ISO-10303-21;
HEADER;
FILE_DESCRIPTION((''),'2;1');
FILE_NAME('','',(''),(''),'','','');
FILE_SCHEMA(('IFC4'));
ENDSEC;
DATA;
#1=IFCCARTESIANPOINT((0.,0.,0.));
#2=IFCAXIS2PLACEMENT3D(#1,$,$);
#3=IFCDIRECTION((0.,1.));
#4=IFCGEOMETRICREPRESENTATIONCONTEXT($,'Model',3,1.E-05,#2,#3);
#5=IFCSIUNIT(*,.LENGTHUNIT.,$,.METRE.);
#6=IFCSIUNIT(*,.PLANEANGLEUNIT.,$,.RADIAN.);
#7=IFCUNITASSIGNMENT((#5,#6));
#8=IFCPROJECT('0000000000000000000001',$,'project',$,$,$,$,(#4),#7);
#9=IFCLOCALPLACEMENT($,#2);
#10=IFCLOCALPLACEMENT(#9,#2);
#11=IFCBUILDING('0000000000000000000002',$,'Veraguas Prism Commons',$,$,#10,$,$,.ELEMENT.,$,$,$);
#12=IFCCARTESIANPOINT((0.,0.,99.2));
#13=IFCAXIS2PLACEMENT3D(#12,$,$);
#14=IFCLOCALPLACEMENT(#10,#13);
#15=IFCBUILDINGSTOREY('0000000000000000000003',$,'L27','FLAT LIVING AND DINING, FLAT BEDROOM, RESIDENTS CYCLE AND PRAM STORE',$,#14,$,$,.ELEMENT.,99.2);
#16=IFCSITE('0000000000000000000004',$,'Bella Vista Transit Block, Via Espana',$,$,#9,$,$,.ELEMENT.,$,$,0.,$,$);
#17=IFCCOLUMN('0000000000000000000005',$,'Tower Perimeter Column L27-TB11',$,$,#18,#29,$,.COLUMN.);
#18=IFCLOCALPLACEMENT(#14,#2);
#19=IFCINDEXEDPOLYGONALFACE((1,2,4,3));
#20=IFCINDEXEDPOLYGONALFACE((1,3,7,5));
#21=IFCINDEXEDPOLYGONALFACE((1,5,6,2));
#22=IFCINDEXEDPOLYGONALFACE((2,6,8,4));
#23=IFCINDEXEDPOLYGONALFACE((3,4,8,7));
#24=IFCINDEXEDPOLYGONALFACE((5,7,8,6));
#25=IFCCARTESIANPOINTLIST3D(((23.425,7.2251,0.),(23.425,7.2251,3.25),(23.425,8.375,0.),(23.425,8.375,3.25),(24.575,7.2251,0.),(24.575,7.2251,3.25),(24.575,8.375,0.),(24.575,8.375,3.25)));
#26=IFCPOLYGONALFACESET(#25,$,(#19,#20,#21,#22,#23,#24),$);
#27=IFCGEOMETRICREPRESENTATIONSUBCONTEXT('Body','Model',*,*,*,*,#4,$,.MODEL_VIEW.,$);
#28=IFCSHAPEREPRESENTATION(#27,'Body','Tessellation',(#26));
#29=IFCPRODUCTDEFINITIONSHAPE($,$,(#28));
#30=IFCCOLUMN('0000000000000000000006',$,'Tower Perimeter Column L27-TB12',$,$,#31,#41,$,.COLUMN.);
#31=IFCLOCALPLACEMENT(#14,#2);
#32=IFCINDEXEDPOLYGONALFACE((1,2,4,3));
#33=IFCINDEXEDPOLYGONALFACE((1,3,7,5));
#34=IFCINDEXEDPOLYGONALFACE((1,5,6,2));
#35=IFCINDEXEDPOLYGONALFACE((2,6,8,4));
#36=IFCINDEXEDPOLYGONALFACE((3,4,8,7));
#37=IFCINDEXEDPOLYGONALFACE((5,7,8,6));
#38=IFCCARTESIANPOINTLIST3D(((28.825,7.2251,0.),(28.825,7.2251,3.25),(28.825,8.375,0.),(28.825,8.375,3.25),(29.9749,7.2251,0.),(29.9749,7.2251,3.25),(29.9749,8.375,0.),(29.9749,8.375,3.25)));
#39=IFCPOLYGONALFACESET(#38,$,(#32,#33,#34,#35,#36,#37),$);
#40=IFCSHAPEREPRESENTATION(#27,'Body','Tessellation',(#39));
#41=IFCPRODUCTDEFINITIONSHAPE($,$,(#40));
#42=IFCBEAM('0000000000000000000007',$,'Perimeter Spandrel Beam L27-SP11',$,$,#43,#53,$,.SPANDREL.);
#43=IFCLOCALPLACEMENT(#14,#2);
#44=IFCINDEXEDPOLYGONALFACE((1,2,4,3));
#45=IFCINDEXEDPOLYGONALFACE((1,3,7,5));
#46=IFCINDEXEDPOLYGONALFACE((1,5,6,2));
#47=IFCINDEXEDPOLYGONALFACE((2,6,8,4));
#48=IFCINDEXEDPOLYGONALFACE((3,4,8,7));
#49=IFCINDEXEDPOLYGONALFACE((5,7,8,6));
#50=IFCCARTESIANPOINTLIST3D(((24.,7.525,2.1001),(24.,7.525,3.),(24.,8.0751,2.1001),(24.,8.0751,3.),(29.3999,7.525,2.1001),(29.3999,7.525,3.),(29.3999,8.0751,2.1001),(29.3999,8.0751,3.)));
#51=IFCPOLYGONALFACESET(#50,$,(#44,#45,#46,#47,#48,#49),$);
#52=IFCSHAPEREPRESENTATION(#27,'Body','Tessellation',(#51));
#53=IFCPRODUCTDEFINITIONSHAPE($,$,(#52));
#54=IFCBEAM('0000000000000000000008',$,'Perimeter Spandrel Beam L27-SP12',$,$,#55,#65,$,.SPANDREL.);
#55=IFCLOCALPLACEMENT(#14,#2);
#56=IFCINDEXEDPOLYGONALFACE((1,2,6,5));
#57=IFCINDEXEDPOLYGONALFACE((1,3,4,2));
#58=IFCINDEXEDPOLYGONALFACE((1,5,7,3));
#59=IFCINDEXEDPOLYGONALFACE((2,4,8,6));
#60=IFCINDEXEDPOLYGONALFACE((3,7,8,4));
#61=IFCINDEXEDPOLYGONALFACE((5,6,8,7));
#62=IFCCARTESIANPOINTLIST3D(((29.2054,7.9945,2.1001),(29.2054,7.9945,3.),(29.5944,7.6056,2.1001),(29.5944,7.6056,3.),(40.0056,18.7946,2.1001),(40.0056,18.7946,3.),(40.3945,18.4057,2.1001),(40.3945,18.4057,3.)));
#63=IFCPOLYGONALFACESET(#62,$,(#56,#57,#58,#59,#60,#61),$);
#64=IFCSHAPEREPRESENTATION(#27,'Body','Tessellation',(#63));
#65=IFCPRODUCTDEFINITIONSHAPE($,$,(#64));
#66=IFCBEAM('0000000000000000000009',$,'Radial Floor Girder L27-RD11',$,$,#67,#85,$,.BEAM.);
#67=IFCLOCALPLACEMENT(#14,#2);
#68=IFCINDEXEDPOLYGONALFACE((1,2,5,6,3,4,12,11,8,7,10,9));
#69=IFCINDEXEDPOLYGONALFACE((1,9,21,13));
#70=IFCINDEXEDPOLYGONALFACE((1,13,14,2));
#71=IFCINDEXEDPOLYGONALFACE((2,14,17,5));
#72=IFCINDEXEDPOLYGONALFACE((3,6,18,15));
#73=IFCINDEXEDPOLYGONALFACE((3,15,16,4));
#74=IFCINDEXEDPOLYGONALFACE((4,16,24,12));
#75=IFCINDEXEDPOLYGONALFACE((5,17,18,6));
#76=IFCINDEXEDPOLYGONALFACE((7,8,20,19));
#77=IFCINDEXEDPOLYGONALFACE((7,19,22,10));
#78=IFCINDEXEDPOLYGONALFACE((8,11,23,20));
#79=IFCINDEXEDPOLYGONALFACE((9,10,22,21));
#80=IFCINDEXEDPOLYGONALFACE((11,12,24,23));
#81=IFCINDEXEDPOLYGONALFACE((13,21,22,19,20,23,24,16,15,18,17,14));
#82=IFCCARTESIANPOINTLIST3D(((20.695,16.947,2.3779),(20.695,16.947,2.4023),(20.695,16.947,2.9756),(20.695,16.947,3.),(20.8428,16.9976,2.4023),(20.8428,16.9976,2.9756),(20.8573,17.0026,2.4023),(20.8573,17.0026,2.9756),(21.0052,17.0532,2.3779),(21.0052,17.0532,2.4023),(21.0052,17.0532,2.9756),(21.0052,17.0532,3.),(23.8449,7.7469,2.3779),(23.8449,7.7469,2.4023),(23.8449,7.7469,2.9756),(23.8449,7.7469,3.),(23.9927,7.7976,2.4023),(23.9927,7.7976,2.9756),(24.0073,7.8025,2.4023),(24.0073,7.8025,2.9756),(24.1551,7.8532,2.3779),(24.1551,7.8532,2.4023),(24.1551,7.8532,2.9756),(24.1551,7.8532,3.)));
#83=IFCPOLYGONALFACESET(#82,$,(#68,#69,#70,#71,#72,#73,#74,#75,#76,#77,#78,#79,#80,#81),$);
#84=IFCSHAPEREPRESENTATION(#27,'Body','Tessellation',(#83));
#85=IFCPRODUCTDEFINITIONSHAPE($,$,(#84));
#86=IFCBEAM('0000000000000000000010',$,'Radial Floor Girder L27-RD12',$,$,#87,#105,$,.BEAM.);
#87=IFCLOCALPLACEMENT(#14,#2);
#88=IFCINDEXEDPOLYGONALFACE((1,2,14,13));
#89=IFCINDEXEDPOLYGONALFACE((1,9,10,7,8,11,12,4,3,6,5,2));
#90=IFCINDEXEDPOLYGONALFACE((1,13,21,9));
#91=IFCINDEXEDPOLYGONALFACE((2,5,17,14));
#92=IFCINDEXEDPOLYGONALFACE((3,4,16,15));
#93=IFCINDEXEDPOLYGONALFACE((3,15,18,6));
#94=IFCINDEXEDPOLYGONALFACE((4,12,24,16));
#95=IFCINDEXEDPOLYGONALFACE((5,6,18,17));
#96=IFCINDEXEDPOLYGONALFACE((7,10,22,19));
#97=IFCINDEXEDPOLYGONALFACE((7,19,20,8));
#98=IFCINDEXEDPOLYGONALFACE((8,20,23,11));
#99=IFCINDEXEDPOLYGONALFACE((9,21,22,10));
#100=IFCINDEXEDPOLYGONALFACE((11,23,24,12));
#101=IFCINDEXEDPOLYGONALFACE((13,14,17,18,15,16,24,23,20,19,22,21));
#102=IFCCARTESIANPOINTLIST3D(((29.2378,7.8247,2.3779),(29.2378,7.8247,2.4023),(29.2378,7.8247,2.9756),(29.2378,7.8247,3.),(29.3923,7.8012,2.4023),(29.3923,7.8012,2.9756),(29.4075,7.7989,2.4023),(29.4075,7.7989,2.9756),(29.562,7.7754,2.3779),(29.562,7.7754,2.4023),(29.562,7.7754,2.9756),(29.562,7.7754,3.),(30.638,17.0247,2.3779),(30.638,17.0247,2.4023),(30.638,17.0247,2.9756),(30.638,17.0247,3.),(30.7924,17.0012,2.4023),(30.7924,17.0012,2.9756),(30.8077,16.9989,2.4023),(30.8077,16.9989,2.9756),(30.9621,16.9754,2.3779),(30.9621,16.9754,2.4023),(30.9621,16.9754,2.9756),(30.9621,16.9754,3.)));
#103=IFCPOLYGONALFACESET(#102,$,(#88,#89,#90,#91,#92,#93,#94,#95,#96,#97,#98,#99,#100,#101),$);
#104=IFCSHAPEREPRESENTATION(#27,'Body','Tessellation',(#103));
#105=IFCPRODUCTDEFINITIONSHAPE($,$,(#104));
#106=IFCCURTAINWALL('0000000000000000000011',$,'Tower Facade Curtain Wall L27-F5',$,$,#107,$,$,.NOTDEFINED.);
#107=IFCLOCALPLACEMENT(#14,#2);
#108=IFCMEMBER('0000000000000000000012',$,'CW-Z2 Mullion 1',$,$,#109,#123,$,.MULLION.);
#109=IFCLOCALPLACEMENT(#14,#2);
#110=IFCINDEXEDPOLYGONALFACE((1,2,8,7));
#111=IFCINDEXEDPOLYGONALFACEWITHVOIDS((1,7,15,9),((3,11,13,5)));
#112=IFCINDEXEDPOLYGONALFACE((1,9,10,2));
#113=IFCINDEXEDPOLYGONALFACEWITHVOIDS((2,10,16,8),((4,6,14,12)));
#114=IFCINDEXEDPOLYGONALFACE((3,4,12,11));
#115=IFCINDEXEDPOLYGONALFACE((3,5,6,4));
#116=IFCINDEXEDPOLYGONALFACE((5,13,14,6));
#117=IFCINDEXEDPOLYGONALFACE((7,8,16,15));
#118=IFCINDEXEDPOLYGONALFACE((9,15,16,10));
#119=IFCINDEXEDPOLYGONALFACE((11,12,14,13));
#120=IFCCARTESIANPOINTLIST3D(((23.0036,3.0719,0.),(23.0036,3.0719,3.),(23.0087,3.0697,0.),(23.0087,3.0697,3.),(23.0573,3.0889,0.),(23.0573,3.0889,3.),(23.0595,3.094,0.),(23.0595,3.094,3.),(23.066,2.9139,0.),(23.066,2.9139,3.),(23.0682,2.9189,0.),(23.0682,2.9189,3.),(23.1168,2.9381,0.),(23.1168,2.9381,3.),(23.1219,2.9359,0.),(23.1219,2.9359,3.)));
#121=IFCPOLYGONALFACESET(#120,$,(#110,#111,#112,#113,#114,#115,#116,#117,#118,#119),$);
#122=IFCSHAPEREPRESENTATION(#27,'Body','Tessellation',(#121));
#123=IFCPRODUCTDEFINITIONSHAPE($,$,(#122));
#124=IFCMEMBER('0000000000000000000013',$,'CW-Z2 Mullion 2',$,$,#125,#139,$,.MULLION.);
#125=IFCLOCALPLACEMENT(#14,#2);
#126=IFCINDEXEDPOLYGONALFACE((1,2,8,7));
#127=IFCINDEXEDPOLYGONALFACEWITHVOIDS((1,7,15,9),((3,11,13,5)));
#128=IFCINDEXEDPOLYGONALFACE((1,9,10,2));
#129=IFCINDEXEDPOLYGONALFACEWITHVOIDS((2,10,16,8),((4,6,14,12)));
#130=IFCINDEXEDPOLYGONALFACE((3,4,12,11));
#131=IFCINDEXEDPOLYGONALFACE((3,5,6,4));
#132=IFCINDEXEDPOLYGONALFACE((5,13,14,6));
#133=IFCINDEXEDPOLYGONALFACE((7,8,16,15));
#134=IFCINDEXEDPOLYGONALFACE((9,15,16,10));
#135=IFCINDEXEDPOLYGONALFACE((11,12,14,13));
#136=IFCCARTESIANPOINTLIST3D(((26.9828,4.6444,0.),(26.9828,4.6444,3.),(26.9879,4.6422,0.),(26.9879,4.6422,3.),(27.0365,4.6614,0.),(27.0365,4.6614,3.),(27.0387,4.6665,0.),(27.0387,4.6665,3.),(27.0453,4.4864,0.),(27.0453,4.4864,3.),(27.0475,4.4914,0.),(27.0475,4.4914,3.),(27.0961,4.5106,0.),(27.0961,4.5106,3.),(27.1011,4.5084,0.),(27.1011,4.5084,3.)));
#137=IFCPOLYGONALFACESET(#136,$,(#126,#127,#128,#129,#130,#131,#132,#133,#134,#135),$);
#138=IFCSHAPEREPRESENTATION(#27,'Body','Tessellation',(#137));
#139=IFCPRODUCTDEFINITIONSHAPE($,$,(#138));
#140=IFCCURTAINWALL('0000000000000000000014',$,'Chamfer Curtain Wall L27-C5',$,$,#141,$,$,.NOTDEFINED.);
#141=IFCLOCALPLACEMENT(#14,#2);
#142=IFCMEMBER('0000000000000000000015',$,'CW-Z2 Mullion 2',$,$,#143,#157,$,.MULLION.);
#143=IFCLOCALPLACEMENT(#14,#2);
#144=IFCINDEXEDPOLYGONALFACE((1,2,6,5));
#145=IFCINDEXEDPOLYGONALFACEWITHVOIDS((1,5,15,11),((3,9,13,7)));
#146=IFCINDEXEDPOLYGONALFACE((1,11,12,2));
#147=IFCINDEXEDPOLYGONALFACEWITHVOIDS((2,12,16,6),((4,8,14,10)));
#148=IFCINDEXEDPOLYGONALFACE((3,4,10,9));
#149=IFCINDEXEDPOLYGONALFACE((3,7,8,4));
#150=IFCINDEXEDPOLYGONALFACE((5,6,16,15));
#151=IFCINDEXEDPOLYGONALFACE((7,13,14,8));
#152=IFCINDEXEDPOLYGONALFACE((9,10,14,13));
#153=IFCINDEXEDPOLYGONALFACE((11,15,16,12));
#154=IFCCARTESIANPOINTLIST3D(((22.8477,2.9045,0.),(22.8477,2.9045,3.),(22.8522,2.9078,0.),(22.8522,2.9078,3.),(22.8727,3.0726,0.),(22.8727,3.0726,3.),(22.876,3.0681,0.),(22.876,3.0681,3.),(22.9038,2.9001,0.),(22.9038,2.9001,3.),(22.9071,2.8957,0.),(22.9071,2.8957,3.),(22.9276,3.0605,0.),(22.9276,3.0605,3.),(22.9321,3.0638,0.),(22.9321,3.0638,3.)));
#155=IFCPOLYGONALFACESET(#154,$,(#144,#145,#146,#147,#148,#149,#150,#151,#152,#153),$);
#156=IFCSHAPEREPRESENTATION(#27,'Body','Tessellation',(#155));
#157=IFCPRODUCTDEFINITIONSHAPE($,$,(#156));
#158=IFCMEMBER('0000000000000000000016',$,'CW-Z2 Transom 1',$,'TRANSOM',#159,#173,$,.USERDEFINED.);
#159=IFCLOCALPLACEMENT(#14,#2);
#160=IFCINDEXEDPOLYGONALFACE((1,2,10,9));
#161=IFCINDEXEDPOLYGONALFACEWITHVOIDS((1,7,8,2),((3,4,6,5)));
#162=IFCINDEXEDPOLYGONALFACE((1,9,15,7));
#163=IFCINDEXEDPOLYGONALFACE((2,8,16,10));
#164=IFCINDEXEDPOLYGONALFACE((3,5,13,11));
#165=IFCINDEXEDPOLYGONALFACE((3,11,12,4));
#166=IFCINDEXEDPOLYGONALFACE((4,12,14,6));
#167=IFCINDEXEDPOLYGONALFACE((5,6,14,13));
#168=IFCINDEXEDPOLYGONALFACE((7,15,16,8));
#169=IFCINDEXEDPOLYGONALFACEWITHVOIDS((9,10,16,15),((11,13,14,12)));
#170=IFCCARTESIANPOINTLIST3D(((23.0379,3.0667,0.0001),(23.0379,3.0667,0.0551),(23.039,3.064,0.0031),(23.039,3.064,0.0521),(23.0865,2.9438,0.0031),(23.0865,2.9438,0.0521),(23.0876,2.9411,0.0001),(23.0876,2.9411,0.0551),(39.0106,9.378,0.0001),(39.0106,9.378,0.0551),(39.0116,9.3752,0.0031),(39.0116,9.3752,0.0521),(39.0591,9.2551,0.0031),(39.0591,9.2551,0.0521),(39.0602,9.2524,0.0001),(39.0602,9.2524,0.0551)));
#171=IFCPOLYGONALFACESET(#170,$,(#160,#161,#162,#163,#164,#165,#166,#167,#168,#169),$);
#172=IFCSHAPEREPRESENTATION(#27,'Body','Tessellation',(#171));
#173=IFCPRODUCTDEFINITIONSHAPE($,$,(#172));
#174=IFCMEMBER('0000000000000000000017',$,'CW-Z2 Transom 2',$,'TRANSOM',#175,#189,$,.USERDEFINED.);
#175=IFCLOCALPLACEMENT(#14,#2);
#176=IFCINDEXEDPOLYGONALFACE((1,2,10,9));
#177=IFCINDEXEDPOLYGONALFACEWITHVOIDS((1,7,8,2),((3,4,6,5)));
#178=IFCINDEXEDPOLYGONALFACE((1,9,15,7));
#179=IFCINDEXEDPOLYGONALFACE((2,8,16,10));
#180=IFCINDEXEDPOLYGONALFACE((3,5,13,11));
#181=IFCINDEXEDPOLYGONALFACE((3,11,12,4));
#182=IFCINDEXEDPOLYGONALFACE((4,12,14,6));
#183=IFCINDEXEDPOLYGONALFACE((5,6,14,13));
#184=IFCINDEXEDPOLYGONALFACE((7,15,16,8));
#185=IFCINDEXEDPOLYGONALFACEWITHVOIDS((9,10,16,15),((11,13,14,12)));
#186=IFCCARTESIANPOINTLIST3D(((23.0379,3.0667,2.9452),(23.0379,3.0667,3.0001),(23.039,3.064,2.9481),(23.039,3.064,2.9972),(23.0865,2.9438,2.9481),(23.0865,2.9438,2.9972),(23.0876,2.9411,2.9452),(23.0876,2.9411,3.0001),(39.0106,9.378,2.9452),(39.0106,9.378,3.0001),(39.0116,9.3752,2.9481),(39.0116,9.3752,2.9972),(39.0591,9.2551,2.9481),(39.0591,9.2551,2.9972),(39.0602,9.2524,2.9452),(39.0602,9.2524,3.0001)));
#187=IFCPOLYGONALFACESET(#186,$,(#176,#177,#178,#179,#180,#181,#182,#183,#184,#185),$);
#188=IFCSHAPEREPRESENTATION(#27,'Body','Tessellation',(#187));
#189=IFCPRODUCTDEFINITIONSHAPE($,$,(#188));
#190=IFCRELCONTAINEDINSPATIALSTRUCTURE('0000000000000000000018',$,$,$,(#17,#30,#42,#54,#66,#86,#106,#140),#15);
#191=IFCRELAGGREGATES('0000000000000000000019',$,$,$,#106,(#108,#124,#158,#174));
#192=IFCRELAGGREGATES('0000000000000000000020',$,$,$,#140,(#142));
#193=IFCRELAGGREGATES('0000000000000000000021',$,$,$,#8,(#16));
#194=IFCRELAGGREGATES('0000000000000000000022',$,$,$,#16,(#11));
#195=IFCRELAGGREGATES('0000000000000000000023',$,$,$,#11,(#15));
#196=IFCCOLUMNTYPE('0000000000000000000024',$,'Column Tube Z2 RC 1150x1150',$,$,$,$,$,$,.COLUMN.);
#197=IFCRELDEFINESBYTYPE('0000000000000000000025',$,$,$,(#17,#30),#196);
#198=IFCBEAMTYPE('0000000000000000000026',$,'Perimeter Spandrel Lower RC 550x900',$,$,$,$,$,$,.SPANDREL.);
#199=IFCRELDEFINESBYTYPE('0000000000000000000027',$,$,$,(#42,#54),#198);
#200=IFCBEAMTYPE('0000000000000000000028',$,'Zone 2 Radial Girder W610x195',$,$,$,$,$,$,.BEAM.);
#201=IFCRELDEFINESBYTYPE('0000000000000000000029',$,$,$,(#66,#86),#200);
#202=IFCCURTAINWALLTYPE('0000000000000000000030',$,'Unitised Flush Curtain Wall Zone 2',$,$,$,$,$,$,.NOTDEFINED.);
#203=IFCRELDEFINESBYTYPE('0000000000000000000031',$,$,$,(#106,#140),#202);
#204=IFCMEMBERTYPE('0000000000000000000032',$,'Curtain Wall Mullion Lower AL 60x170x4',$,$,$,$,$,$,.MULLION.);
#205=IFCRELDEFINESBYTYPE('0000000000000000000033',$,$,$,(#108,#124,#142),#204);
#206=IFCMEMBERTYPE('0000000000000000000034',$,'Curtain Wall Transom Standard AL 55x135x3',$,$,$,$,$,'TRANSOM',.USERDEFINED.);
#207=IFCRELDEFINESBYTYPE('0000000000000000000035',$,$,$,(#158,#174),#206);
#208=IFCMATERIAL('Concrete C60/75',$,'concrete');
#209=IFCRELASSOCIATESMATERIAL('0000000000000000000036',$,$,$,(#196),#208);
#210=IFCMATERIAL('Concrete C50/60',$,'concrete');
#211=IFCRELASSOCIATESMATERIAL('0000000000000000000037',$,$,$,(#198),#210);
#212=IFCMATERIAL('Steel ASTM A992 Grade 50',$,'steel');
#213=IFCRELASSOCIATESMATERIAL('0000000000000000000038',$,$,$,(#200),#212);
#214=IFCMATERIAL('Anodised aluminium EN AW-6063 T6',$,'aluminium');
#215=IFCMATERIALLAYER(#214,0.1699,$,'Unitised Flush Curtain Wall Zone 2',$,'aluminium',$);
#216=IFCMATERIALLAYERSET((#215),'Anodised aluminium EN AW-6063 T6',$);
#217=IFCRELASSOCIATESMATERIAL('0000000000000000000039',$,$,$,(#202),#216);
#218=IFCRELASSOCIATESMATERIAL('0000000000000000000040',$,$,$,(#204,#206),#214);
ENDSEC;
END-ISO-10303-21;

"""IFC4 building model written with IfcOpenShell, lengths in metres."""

from ifc_helpers import new_model, si_unit, direction, frame, origin, origin_2d, place, context, subcontext, project, spatial, rectangle, hollow_rectangle, i_section, extrude, source, transform, mapped, material, layer, layer_set, material_profile, profile_set, type_object, element, aggregate, save


model = new_model("IFC4")

# Units and contexts
model_context = context("Model", 3, precision=1e-05, world=origin(), true_north=direction((0.0, 1.0)))
body_context = subcontext(model_context, "Body", "Model", "MODEL_VIEW")
ifc_project = project(units=[si_unit("LENGTHUNIT", "METRE"), si_unit("PLANEANGLEUNIT", "RADIAN")], contexts=[model_context])

# Site, building, storey
site_placement = place(None, origin())
site = spatial("IfcSite", under=ifc_project, at=site_placement, Name="Bella Vista Transit Block, Via Espana", CompositionType="ELEMENT", RefElevation=0.0)
building_placement = place(site_placement, origin())
building = spatial("IfcBuilding", under=site, at=building_placement, Name="Veraguas Prism Commons", CompositionType="ELEMENT")
storey_placement = place(building_placement, frame((0.0, 0.0, 99.2)))
storey = spatial("IfcBuildingStorey", under=building, at=storey_placement, Name="L27", Description="FLAT LIVING AND DINING, FLAT BEDROOM, RESIDENTS CYCLE AND PRAM STORE", CompositionType="ELEMENT", Elevation=99.2)

# Columns
ifc_material_1 = material(Name="Concrete C60/75", Category="concrete")
ifc_material_profile_1 = material_profile(ifc_material_1, rectangle(XDim=1.1499, YDim=1.1499, at=origin_2d()), Name="RC1150X1150")
ifc_profile_set_1 = profile_set([ifc_material_profile_1], Name="Concrete C60/75")
column_type = type_object("IfcColumnType", Name="Column Tube Z2 RC 1150x1150", PredefinedType="COLUMN", material=ifc_profile_set_1)
for number, where, z_axis, x_axis, name in (
    (1, (24.0, 7.8, 0.0), (0.0, 0.0, 1.0), (1.0, 0.0, 0.0), "Tower Perimeter Column L27-TB11"),
    (2, (29.3999, 7.8, 0.0), (0.0, 0.0, 1.0), (1.0, 0.0, 0.0), "Tower Perimeter Column L27-TB12"),
):
    element("IfcColumn", number, at=place(storey_placement, frame(where, z_axis=z_axis, x_axis=x_axis)), inside=storey, type_object=column_type, Name=name, PredefinedType="COLUMN", context=body_context, shape_type="SweptSolid", body=[
        extrude(rectangle(XDim=1.1499, YDim=1.1499, at=origin_2d()), origin(), (0.0, 0.0, 1.0), 3.25),
    ])

# Beams
ifc_material_2 = material(Name="Concrete C50/60", Category="concrete")
ifc_material_profile_2 = material_profile(ifc_material_2, rectangle(XDim=0.55, YDim=0.8999, at=origin_2d()), Name="RC550X900")
ifc_profile_set_2 = profile_set([ifc_material_profile_2], Name="Concrete C50/60")
beam_type_1 = type_object("IfcBeamType", Name="Perimeter Spandrel Lower RC 550x900", PredefinedType="SPANDREL", material=ifc_profile_set_2)
beam_1_placement = place(storey_placement, frame((24.0, 7.8, 2.55), z_axis=(1.0, 0.0, 0.0), x_axis=(0.0, 1.0, 0.0)))
element("IfcBeam", 3, at=beam_1_placement, inside=storey, type_object=beam_type_1, Name="Perimeter Spandrel Beam L27-SP11", PredefinedType="SPANDREL", context=body_context, shape_type="SweptSolid", body=[
    extrude(rectangle(XDim=0.55, YDim=0.8999, at=origin_2d()), origin(), (0.0, 0.0, 1.0), 5.3999),
])
beam_2_placement = place(storey_placement, frame((29.3999, 7.8, 2.55), z_axis=(0.707107, 0.707107, 0.0), x_axis=(-0.707107, 0.707107, 0.0)))
element("IfcBeam", 4, at=beam_2_placement, inside=storey, type_object=beam_type_1, Name="Perimeter Spandrel Beam L27-SP12", PredefinedType="SPANDREL", context=body_context, shape_type="SweptSolid", body=[
    extrude(rectangle(XDim=0.55, YDim=0.8999, at=origin_2d()), origin(), (0.0, 0.0, 1.0), 15.2737),
])
ifc_material_3 = material(Name="Steel ASTM A992 Grade 50", Category="steel")
ifc_material_profile_3 = material_profile(ifc_material_3, i_section(OverallWidth=0.3279, OverallDepth=0.6221, WebThickness=0.0154, FlangeThickness=0.0244, at=origin_2d()), Name="W610X195")
ifc_profile_set_3 = profile_set([ifc_material_profile_3], Name="Steel ASTM A992 Grade 50")
beam_type_2 = type_object("IfcBeamType", Name="Zone 2 Radial Girder W610x195", PredefinedType="BEAM", material=ifc_profile_set_3)
beam_3_placement = place(storey_placement, frame((24.0, 7.8, 2.689), z_axis=(-0.323922, 0.946084, 0.0), x_axis=(-0.946084, -0.323922, 0.0)))
element("IfcBeam", 5, at=beam_3_placement, inside=storey, type_object=beam_type_2, Name="Radial Floor Girder L27-RD11", PredefinedType="BEAM", context=body_context, shape_type="SweptSolid", body=[
    extrude(i_section(OverallWidth=0.3279, OverallDepth=0.6221, WebThickness=0.0154, FlangeThickness=0.0244, at=origin_2d()), origin(), (0.0, 0.0, 1.0), 9.7244),
])
beam_4_placement = place(storey_placement, frame((29.3999, 7.8, 2.689), z_axis=(0.150458, 0.988616, 0.0), x_axis=(-0.988616, 0.150458, 0.0)))
element("IfcBeam", 6, at=beam_4_placement, inside=storey, type_object=beam_type_2, Name="Radial Floor Girder L27-RD12", PredefinedType="BEAM", context=body_context, shape_type="SweptSolid", body=[
    extrude(i_section(OverallWidth=0.3279, OverallDepth=0.6221, WebThickness=0.0154, FlangeThickness=0.0244, at=origin_2d()), origin(), (0.0, 0.0, 1.0), 9.3059),
])

# Curtain wall, members
ifc_material_4 = material(Name="Anodised aluminium EN AW-6063 T6", Category="aluminium")
ifc_layer_1 = layer(ifc_material_4, 0.1699, Name="Unitised Flush Curtain Wall Zone 2", Category="aluminium")
ifc_layer_set_1 = layer_set([ifc_layer_1], Name="Anodised aluminium EN AW-6063 T6")
curtain_wall_type = type_object("IfcCurtainWallType", Name="Unitised Flush Curtain Wall Zone 2", PredefinedType="NOTDEFINED", material=ifc_layer_set_1)
curtain_wall_1_placement = place(storey_placement, origin())
curtain_wall_1 = element("IfcCurtainWall", 7, at=curtain_wall_1_placement, inside=storey, type_object=curtain_wall_type, Name="Tower Facade Curtain Wall L27-F5", PredefinedType="NOTDEFINED")
ifc_material_profile_4 = material_profile(ifc_material_4, hollow_rectangle(XDim=0.0601, YDim=0.1699, WallThickness=0.0039, at=origin_2d()), Name="AL60X170X4")
ifc_profile_set_4 = profile_set([ifc_material_profile_4], Name="Anodised aluminium EN AW-6063 T6")
member_type_1 = type_object("IfcMemberType", Name="Curtain Wall Mullion Lower AL 60x170x4", PredefinedType="MULLION", material=ifc_profile_set_4)
shared_shape_1 = source(origin(), body_context, "Body", "SweptSolid", [
    extrude(hollow_rectangle(XDim=0.0601, YDim=0.1699, WallThickness=0.0039, at=origin_2d()), origin(), (0.0, 0.0, 1.0), 3.0),
])
member_1_placement = place(storey_placement, frame((23.0627, 3.0039, 0.0), z_axis=(0.0, 0.0, 1.0), x_axis=(0.930032, 0.367479, 0.0)))
member_1 = element("IfcMember", 8, at=member_1_placement, type_object=member_type_1, Name="CW-Z2 Mullion 1", PredefinedType="MULLION", context=body_context, shape_type="MappedRepresentation", body=[
    mapped(shared_shape_1, transform((0.0, 0.0, 0.0), scale=1.0)),
])
member_2_placement = place(storey_placement, frame((27.042, 4.5764, 0.0), z_axis=(0.0, 0.0, 1.0), x_axis=(0.930032, 0.367479, 0.0)))
member_2 = element("IfcMember", 9, at=member_2_placement, type_object=member_type_1, Name="CW-Z2 Mullion 2", PredefinedType="MULLION", context=body_context, shape_type="MappedRepresentation", body=[
    mapped(shared_shape_1, transform((0.0, 0.0, 0.0), scale=1.0)),
])

# Curtain wall, member
curtain_wall_2_placement = place(storey_placement, origin())
curtain_wall_2 = element("IfcCurtainWall", 10, at=curtain_wall_2_placement, inside=storey, type_object=curtain_wall_type, Name="Chamfer Curtain Wall L27-C5", PredefinedType="NOTDEFINED")
member_3_placement = place(storey_placement, frame((22.8899, 2.9841, 0.0), z_axis=(0.0, 0.0, 1.0), x_axis=(0.989168, -0.146789, 0.0)))
member_3 = element("IfcMember", 11, at=member_3_placement, type_object=member_type_1, Name="CW-Z2 Mullion 2", PredefinedType="MULLION", context=body_context, shape_type="MappedRepresentation", body=[
    mapped(shared_shape_1, transform((0.0, 0.0, 0.0), scale=1.0)),
])

# Members
ifc_material_profile_5 = material_profile(ifc_material_4, hollow_rectangle(XDim=0.0549, YDim=0.135, WallThickness=0.0029, at=origin_2d()), Name="AL55X135X3")
ifc_profile_set_5 = profile_set([ifc_material_profile_5], Name="Anodised aluminium EN AW-6063 T6")
member_type_2 = type_object("IfcMemberType", Name="Curtain Wall Transom Standard AL 55x135x3", ElementType="TRANSOM", PredefinedType="USERDEFINED", material=ifc_profile_set_5)
shared_shape_2 = source(origin(), body_context, "Body", "SweptSolid", [
    extrude(hollow_rectangle(XDim=0.0549, YDim=0.135, WallThickness=0.0029, at=origin_2d()), origin(), (0.0, 0.0, 1.0), 17.1743),
])
member_4_placement = place(storey_placement, frame((23.0627, 3.0039, 0.0276), z_axis=(0.93003, 0.367483, 0.0), x_axis=(0.0, 0.0, 1.0)))
member_4 = element("IfcMember", 12, at=member_4_placement, type_object=member_type_2, Name="CW-Z2 Transom 1", ObjectType="TRANSOM", PredefinedType="USERDEFINED", context=body_context, shape_type="MappedRepresentation", body=[
    mapped(shared_shape_2, transform((0.0, 0.0, 0.0), scale=1.0)),
])
member_5_placement = place(storey_placement, frame((23.0627, 3.0039, 2.9727), z_axis=(0.93003, 0.367483, 0.0), x_axis=(0.0, 0.0, 1.0)))
member_5 = element("IfcMember", 13, at=member_5_placement, type_object=member_type_2, Name="CW-Z2 Transom 2", ObjectType="TRANSOM", PredefinedType="USERDEFINED", context=body_context, shape_type="MappedRepresentation", body=[
    mapped(shared_shape_2, transform((0.0, 0.0, 0.0), scale=1.0)),
])

aggregate(curtain_wall_1, [member_1, member_2, member_4, member_5])
aggregate(curtain_wall_2, [member_3])

save(model, "model.ifc")
